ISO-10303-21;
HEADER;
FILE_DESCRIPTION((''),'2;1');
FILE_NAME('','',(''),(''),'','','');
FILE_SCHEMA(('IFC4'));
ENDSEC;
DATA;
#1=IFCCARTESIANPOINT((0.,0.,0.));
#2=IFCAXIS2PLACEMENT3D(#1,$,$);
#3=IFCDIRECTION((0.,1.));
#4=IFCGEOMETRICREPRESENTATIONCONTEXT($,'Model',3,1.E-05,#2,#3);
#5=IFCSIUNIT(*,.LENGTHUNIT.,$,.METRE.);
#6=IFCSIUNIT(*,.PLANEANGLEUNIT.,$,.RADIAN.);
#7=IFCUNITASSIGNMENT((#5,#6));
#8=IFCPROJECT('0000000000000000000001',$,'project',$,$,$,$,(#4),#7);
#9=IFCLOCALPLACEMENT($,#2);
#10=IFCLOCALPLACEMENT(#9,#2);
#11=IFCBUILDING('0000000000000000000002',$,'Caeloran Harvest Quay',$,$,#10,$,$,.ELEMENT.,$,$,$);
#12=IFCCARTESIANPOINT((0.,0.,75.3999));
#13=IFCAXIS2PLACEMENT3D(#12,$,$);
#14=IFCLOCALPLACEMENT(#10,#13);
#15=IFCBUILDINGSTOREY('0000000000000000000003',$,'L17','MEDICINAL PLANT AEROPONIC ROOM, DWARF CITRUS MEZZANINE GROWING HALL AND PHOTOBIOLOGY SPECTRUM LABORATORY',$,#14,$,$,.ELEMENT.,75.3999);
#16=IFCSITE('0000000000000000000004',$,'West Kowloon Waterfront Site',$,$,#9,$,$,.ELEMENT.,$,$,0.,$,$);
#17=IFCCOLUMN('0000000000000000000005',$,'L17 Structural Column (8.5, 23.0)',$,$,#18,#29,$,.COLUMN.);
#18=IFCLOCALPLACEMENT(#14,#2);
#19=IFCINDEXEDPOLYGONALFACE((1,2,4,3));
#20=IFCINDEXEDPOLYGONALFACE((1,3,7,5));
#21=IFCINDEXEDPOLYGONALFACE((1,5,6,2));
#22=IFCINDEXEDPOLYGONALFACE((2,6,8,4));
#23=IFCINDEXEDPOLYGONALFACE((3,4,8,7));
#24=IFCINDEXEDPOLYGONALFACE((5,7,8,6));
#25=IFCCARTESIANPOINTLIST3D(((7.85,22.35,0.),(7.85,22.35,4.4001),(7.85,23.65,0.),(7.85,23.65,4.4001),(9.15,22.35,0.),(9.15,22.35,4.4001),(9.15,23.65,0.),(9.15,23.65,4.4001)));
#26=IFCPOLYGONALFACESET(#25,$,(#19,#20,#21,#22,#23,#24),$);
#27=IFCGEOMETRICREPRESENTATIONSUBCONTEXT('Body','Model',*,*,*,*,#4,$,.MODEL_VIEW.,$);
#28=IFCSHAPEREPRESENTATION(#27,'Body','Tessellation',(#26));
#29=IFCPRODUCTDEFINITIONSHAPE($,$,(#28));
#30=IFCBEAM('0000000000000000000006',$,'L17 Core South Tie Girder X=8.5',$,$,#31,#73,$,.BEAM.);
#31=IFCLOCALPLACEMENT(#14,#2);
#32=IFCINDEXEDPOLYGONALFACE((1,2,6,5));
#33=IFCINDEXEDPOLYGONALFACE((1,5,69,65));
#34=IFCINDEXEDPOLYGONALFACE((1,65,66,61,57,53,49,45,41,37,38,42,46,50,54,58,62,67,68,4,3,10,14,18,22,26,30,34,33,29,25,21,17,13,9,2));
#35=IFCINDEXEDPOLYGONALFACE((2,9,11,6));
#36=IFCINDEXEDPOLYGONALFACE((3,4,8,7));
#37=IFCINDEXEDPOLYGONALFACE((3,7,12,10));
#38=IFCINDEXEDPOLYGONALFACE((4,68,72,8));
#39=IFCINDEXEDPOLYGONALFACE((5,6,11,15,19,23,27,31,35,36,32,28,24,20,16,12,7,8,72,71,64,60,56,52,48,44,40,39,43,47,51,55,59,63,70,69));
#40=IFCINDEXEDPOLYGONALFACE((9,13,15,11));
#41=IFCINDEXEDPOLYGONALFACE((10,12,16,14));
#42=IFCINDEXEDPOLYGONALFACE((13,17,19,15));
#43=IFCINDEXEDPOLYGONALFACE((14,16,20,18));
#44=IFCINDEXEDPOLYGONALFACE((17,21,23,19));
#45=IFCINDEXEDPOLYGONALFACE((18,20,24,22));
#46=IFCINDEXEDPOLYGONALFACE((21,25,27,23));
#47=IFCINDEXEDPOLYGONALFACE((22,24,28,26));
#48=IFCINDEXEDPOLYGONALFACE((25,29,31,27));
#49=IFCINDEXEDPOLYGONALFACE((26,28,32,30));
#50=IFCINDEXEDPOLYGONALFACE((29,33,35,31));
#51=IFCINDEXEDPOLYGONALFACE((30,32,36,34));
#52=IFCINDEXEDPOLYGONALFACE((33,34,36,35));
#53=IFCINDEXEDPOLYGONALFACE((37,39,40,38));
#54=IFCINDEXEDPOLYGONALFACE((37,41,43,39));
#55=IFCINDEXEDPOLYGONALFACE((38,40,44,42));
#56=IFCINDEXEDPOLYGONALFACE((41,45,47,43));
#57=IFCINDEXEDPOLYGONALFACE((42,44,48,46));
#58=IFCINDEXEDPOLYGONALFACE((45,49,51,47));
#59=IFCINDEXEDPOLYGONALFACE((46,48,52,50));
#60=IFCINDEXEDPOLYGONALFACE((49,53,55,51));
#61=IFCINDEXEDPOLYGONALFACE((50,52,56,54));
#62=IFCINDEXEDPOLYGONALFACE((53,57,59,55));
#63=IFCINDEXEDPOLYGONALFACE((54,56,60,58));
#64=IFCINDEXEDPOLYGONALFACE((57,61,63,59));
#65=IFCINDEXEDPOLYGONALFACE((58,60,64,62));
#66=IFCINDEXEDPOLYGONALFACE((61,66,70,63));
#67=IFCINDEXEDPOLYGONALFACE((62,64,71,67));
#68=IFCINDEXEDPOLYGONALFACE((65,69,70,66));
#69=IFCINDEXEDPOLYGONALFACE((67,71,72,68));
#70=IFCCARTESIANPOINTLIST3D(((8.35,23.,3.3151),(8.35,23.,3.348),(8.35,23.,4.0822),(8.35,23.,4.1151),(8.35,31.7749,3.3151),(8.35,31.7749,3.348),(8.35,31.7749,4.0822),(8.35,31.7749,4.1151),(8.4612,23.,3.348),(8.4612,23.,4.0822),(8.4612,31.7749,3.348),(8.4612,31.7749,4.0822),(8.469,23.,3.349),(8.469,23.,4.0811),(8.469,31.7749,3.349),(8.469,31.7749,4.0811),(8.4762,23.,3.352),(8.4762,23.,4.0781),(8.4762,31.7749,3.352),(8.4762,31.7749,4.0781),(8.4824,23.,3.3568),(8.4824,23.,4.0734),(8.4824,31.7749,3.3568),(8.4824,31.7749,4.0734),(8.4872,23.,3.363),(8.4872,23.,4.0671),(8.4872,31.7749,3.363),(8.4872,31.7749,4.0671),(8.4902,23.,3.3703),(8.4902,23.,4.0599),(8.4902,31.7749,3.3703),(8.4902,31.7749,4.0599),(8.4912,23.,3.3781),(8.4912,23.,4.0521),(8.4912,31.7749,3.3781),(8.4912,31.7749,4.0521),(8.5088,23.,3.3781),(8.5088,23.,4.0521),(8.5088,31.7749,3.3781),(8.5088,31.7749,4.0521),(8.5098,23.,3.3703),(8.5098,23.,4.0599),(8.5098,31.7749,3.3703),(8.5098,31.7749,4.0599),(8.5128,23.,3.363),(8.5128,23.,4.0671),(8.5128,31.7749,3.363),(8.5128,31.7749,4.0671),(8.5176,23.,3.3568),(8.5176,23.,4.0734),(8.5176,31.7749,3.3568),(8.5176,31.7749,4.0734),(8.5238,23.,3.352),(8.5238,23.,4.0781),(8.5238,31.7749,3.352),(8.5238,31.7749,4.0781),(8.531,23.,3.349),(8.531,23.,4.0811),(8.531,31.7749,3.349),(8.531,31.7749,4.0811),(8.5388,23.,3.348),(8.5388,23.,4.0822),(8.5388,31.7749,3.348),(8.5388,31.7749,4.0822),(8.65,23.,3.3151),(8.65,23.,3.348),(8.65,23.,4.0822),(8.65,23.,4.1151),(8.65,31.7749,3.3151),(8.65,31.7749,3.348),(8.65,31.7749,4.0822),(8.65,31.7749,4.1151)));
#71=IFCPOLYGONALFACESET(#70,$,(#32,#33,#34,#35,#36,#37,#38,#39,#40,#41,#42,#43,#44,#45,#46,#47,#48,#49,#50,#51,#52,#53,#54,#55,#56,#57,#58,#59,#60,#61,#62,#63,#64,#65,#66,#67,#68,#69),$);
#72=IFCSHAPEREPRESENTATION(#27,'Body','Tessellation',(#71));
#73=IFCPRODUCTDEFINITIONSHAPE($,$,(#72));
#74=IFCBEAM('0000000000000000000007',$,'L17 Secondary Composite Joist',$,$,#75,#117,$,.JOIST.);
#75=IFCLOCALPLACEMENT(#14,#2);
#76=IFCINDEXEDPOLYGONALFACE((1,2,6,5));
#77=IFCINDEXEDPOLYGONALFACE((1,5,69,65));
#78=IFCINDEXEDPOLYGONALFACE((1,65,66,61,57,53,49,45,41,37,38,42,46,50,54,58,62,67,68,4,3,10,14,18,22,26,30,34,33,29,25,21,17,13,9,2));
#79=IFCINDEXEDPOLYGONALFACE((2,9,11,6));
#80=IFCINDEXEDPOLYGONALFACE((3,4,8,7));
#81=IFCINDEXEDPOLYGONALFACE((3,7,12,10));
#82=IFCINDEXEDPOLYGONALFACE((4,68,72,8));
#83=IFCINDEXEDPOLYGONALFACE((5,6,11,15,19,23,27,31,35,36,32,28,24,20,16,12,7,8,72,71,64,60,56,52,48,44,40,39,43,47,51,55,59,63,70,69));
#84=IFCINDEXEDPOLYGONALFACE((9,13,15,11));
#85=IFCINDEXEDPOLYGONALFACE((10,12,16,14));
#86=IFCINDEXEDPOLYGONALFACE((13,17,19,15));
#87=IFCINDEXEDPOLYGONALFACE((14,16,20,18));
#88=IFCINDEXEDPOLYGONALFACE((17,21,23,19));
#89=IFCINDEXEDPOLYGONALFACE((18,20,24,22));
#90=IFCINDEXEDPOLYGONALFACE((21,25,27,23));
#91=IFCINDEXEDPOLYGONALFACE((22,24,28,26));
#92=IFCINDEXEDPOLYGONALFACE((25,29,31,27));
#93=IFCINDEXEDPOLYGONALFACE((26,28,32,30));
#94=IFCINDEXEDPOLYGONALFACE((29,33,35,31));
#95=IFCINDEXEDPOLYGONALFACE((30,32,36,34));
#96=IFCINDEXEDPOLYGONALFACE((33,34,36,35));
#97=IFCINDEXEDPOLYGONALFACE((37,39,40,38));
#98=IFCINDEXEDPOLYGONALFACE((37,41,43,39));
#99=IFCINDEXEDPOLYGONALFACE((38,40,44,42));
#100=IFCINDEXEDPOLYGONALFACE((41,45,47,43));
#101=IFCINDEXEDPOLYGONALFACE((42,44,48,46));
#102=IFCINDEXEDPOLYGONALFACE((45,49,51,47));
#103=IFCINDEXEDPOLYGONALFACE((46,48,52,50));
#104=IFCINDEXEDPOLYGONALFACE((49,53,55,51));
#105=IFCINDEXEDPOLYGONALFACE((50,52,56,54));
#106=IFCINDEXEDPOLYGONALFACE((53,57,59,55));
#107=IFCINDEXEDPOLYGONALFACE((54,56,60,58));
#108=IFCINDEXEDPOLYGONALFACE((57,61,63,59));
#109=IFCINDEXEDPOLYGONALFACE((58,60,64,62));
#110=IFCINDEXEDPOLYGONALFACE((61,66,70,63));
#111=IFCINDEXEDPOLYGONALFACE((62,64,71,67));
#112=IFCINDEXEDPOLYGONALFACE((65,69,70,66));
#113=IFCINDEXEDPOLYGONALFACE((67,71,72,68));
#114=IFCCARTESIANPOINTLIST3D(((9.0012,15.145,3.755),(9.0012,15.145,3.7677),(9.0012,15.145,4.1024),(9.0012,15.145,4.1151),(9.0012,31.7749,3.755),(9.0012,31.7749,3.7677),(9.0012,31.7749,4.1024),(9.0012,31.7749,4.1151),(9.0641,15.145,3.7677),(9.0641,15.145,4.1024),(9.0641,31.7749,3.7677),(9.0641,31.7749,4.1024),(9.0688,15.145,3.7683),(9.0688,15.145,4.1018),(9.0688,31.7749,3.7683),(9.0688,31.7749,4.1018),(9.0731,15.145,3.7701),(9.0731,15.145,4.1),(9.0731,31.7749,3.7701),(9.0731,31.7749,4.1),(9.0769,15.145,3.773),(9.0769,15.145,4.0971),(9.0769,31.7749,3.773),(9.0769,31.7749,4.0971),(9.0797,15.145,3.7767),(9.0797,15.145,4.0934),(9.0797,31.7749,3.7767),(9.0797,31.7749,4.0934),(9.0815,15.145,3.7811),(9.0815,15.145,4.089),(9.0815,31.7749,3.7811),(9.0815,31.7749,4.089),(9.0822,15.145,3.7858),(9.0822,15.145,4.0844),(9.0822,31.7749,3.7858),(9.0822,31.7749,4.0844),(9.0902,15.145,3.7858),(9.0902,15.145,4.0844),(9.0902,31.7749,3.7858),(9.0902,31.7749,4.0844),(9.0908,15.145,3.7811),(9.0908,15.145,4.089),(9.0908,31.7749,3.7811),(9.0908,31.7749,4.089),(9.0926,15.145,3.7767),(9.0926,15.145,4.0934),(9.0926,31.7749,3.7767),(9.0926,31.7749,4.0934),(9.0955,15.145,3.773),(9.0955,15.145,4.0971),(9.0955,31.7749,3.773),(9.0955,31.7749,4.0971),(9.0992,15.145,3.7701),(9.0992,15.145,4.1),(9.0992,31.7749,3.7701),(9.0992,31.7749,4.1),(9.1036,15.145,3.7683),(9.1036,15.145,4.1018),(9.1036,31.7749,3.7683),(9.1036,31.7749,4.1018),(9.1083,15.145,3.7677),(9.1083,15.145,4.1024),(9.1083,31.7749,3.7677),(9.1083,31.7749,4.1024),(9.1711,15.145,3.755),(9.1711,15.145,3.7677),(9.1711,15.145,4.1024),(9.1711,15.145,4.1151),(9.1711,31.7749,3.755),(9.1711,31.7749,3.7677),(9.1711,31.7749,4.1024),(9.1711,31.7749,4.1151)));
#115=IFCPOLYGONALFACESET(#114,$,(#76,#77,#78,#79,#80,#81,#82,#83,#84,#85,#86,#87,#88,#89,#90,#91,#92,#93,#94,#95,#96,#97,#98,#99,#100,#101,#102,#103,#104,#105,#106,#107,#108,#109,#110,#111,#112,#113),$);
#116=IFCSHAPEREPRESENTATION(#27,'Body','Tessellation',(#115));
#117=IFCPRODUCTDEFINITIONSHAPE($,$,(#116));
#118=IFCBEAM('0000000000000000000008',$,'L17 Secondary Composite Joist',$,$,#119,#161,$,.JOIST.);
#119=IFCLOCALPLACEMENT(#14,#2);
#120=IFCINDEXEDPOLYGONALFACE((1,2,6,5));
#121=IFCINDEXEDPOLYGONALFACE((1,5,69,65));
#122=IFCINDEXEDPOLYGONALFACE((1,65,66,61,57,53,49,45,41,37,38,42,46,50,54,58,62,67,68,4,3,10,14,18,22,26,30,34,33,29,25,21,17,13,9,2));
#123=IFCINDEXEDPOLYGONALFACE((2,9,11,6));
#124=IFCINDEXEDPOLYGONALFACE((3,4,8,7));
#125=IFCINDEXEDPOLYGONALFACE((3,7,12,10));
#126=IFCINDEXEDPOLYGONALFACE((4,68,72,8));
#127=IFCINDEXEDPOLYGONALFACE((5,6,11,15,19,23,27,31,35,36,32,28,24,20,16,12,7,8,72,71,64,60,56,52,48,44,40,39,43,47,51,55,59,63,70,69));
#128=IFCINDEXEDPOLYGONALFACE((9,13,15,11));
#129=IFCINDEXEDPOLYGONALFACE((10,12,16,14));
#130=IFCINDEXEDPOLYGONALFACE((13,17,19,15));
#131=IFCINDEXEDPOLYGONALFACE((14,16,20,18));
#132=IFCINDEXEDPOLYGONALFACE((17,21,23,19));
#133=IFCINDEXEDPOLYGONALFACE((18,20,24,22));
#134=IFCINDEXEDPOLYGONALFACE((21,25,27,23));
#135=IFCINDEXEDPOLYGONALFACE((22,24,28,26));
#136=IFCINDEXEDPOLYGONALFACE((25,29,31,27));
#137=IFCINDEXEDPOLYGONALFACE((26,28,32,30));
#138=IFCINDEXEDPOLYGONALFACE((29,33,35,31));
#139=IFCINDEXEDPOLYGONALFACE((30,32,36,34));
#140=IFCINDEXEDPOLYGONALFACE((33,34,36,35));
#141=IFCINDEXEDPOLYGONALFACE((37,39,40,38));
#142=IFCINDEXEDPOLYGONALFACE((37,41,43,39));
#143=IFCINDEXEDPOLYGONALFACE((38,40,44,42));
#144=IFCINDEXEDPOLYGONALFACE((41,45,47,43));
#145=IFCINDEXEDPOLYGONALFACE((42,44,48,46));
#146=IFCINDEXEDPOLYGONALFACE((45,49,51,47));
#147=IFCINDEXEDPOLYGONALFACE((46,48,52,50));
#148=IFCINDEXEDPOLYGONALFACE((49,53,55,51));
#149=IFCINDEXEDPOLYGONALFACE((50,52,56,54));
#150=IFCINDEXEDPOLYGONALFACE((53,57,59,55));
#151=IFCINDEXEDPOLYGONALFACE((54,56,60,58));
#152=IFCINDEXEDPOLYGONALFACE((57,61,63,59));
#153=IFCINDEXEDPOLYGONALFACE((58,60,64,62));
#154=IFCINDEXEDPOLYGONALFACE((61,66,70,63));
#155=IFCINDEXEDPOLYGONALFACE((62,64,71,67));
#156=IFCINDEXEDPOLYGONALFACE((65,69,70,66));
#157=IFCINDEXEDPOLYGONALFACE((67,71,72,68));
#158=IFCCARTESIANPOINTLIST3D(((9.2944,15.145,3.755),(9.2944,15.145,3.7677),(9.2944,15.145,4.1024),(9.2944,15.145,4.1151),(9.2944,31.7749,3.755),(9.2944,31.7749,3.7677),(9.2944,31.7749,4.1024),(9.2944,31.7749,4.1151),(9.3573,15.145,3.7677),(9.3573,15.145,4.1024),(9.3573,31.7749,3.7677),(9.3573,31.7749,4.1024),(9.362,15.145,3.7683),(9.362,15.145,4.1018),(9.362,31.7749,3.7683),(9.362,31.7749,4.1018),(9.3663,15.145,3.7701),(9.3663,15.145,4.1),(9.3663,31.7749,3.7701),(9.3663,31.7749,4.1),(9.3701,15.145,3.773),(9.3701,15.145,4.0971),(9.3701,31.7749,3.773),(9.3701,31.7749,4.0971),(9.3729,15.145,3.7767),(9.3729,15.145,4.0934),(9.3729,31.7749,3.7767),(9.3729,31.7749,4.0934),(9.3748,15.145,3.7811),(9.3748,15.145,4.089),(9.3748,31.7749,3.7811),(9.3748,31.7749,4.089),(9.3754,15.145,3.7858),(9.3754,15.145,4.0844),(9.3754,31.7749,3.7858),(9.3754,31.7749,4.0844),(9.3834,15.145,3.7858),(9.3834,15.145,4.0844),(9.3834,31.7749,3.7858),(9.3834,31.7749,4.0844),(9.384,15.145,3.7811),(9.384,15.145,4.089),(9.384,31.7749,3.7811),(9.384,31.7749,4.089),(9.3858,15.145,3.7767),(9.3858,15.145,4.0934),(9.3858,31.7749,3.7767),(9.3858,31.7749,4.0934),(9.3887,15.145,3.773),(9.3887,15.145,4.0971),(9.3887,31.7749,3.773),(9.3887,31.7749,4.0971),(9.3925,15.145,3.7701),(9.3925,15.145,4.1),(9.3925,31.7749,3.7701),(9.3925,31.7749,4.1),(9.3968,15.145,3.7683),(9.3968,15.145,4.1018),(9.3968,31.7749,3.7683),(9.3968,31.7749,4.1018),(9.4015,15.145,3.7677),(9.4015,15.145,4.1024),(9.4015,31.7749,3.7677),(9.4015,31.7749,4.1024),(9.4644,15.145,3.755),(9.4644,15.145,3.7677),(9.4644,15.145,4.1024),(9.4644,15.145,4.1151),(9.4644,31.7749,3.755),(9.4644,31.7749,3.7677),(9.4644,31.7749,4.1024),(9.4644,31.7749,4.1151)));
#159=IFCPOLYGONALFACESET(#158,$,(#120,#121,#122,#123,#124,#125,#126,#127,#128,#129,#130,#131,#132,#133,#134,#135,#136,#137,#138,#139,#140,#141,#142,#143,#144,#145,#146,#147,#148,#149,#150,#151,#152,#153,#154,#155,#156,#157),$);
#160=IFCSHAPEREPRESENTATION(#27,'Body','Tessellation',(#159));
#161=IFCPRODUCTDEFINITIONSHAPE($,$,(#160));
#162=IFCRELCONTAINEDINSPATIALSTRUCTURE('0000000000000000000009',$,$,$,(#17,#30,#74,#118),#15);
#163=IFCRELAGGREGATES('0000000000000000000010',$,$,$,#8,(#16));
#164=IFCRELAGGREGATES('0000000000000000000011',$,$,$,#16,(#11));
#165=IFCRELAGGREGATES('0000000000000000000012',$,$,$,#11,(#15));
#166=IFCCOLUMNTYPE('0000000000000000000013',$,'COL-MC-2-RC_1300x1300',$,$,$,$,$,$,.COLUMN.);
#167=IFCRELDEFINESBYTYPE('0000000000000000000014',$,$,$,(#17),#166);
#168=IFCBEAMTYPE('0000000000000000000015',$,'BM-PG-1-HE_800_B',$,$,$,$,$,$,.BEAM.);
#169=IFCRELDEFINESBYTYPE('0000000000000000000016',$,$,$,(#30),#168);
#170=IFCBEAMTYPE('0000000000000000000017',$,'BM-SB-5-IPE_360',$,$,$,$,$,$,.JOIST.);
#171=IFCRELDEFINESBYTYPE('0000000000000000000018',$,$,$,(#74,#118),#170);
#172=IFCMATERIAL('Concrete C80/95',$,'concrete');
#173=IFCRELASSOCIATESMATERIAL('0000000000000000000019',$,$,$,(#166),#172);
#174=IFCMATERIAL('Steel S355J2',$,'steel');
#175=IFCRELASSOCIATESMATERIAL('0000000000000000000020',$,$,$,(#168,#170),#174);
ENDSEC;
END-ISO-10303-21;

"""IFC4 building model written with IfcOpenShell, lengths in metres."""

from ifc_helpers import new_model, si_unit, direction, frame, origin, origin_2d, place, context, subcontext, project, spatial, rectangle, i_section, extrude, material, material_profile, profile_set, type_object, element, save


model = new_model("IFC4")

# Units and contexts
model_context = context("Model", 3, precision=1e-05, world=origin(), true_north=direction((0.0, 1.0)))
body_context = subcontext(model_context, "Body", "Model", "MODEL_VIEW")
ifc_project = project(units=[si_unit("LENGTHUNIT", "METRE"), si_unit("PLANEANGLEUNIT", "RADIAN")], contexts=[model_context])

# Site, building, storey
site_placement = place(None, origin())
site = spatial("IfcSite", under=ifc_project, at=site_placement, Name="West Kowloon Waterfront Site", CompositionType="ELEMENT", RefElevation=0.0)
building_placement = place(site_placement, origin())
building = spatial("IfcBuilding", under=site, at=building_placement, Name="Caeloran Harvest Quay", CompositionType="ELEMENT")
storey_placement = place(building_placement, frame((0.0, 0.0, 75.3999)))
storey = spatial("IfcBuildingStorey", under=building, at=storey_placement, Name="L17", Description="MEDICINAL PLANT AEROPONIC ROOM, DWARF CITRUS MEZZANINE GROWING HALL AND PHOTOBIOLOGY SPECTRUM LABORATORY", CompositionType="ELEMENT", Elevation=75.3999)

# Column
ifc_material_1 = material(Name="Concrete C80/95", Category="concrete")
ifc_material_profile_1 = material_profile(ifc_material_1, rectangle(XDim=1.3, YDim=1.3, at=origin_2d()), Name="RC 1300x1300")
ifc_profile_set_1 = profile_set([ifc_material_profile_1], Name="Concrete C80/95")
column_type = type_object("IfcColumnType", Name="COL-MC-2-RC_1300x1300", PredefinedType="COLUMN", material=ifc_profile_set_1)
column_placement = place(storey_placement, frame((8.5, 23.0, 0.0), z_axis=(0.0, 0.0, 1.0), x_axis=(1.0, 0.0, 0.0)))
element("IfcColumn", 1, at=column_placement, inside=storey, type_object=column_type, Name="L17 Structural Column (8.5, 23.0)", PredefinedType="COLUMN", context=body_context, shape_type="SweptSolid", body=[
    extrude(rectangle(XDim=1.3, YDim=1.3, at=origin_2d()), origin(), (0.0, 0.0, 1.0), 4.4001),
])

# Beams
ifc_material_2 = material(Name="Steel S355J2", Category="steel")
ifc_material_profile_2 = material_profile(ifc_material_2, i_section(OverallWidth=0.3, OverallDepth=0.8, WebThickness=0.0176, FlangeThickness=0.033, FilletRadius=0.03, at=origin_2d()), Name="HE 800 B")
ifc_profile_set_2 = profile_set([ifc_material_profile_2], Name="Steel S355J2")
beam_type_1 = type_object("IfcBeamType", Name="BM-PG-1-HE_800_B", PredefinedType="BEAM", material=ifc_profile_set_2)
beam_placement = place(storey_placement, frame((8.5, 23.0, 3.7151), z_axis=(0.0, 1.0, 0.0), x_axis=(-1.0, 0.0, 0.0)))
element("IfcBeam", 2, at=beam_placement, inside=storey, type_object=beam_type_1, Name="L17 Core South Tie Girder X=8.5", PredefinedType="BEAM", context=body_context, shape_type="SweptSolid", body=[
    extrude(i_section(OverallWidth=0.3, OverallDepth=0.8, WebThickness=0.0176, FlangeThickness=0.033, FilletRadius=0.03, at=origin_2d()), origin(), (0.0, 0.0, 1.0), 8.7749),
])
ifc_material_profile_3 = material_profile(ifc_material_2, i_section(OverallWidth=0.1699, OverallDepth=0.3601, WebThickness=0.0081, FlangeThickness=0.0127, FilletRadius=0.0181, at=origin_2d()), Name="IPE 360")
ifc_profile_set_3 = profile_set([ifc_material_profile_3], Name="Steel S355J2")
beam_type_2 = type_object("IfcBeamType", Name="BM-SB-5-IPE_360", PredefinedType="JOIST", material=ifc_profile_set_3)
for number, where, z_axis, x_axis, name in (
    (3, (9.0862, 15.145, 3.9351), (0.0, 1.0, 0.0), (-1.0, 0.0, 0.0), "L17 Secondary Composite Joist"),
    (4, (9.3794, 15.145, 3.9351), (0.0, 1.0, 0.0), (-1.0, 0.0, 0.0), "L17 Secondary Composite Joist"),
):
    element("IfcBeam", number, at=place(storey_placement, frame(where, z_axis=z_axis, x_axis=x_axis)), inside=storey, type_object=beam_type_2, Name=name, PredefinedType="JOIST", context=body_context, shape_type="SweptSolid", body=[
        extrude(i_section(OverallWidth=0.1699, OverallDepth=0.3601, WebThickness=0.0081, FlangeThickness=0.0127, FilletRadius=0.0181, at=origin_2d()), origin(), (0.0, 0.0, 1.0), 16.6299),
    ])

save(model, "model.ifc")
